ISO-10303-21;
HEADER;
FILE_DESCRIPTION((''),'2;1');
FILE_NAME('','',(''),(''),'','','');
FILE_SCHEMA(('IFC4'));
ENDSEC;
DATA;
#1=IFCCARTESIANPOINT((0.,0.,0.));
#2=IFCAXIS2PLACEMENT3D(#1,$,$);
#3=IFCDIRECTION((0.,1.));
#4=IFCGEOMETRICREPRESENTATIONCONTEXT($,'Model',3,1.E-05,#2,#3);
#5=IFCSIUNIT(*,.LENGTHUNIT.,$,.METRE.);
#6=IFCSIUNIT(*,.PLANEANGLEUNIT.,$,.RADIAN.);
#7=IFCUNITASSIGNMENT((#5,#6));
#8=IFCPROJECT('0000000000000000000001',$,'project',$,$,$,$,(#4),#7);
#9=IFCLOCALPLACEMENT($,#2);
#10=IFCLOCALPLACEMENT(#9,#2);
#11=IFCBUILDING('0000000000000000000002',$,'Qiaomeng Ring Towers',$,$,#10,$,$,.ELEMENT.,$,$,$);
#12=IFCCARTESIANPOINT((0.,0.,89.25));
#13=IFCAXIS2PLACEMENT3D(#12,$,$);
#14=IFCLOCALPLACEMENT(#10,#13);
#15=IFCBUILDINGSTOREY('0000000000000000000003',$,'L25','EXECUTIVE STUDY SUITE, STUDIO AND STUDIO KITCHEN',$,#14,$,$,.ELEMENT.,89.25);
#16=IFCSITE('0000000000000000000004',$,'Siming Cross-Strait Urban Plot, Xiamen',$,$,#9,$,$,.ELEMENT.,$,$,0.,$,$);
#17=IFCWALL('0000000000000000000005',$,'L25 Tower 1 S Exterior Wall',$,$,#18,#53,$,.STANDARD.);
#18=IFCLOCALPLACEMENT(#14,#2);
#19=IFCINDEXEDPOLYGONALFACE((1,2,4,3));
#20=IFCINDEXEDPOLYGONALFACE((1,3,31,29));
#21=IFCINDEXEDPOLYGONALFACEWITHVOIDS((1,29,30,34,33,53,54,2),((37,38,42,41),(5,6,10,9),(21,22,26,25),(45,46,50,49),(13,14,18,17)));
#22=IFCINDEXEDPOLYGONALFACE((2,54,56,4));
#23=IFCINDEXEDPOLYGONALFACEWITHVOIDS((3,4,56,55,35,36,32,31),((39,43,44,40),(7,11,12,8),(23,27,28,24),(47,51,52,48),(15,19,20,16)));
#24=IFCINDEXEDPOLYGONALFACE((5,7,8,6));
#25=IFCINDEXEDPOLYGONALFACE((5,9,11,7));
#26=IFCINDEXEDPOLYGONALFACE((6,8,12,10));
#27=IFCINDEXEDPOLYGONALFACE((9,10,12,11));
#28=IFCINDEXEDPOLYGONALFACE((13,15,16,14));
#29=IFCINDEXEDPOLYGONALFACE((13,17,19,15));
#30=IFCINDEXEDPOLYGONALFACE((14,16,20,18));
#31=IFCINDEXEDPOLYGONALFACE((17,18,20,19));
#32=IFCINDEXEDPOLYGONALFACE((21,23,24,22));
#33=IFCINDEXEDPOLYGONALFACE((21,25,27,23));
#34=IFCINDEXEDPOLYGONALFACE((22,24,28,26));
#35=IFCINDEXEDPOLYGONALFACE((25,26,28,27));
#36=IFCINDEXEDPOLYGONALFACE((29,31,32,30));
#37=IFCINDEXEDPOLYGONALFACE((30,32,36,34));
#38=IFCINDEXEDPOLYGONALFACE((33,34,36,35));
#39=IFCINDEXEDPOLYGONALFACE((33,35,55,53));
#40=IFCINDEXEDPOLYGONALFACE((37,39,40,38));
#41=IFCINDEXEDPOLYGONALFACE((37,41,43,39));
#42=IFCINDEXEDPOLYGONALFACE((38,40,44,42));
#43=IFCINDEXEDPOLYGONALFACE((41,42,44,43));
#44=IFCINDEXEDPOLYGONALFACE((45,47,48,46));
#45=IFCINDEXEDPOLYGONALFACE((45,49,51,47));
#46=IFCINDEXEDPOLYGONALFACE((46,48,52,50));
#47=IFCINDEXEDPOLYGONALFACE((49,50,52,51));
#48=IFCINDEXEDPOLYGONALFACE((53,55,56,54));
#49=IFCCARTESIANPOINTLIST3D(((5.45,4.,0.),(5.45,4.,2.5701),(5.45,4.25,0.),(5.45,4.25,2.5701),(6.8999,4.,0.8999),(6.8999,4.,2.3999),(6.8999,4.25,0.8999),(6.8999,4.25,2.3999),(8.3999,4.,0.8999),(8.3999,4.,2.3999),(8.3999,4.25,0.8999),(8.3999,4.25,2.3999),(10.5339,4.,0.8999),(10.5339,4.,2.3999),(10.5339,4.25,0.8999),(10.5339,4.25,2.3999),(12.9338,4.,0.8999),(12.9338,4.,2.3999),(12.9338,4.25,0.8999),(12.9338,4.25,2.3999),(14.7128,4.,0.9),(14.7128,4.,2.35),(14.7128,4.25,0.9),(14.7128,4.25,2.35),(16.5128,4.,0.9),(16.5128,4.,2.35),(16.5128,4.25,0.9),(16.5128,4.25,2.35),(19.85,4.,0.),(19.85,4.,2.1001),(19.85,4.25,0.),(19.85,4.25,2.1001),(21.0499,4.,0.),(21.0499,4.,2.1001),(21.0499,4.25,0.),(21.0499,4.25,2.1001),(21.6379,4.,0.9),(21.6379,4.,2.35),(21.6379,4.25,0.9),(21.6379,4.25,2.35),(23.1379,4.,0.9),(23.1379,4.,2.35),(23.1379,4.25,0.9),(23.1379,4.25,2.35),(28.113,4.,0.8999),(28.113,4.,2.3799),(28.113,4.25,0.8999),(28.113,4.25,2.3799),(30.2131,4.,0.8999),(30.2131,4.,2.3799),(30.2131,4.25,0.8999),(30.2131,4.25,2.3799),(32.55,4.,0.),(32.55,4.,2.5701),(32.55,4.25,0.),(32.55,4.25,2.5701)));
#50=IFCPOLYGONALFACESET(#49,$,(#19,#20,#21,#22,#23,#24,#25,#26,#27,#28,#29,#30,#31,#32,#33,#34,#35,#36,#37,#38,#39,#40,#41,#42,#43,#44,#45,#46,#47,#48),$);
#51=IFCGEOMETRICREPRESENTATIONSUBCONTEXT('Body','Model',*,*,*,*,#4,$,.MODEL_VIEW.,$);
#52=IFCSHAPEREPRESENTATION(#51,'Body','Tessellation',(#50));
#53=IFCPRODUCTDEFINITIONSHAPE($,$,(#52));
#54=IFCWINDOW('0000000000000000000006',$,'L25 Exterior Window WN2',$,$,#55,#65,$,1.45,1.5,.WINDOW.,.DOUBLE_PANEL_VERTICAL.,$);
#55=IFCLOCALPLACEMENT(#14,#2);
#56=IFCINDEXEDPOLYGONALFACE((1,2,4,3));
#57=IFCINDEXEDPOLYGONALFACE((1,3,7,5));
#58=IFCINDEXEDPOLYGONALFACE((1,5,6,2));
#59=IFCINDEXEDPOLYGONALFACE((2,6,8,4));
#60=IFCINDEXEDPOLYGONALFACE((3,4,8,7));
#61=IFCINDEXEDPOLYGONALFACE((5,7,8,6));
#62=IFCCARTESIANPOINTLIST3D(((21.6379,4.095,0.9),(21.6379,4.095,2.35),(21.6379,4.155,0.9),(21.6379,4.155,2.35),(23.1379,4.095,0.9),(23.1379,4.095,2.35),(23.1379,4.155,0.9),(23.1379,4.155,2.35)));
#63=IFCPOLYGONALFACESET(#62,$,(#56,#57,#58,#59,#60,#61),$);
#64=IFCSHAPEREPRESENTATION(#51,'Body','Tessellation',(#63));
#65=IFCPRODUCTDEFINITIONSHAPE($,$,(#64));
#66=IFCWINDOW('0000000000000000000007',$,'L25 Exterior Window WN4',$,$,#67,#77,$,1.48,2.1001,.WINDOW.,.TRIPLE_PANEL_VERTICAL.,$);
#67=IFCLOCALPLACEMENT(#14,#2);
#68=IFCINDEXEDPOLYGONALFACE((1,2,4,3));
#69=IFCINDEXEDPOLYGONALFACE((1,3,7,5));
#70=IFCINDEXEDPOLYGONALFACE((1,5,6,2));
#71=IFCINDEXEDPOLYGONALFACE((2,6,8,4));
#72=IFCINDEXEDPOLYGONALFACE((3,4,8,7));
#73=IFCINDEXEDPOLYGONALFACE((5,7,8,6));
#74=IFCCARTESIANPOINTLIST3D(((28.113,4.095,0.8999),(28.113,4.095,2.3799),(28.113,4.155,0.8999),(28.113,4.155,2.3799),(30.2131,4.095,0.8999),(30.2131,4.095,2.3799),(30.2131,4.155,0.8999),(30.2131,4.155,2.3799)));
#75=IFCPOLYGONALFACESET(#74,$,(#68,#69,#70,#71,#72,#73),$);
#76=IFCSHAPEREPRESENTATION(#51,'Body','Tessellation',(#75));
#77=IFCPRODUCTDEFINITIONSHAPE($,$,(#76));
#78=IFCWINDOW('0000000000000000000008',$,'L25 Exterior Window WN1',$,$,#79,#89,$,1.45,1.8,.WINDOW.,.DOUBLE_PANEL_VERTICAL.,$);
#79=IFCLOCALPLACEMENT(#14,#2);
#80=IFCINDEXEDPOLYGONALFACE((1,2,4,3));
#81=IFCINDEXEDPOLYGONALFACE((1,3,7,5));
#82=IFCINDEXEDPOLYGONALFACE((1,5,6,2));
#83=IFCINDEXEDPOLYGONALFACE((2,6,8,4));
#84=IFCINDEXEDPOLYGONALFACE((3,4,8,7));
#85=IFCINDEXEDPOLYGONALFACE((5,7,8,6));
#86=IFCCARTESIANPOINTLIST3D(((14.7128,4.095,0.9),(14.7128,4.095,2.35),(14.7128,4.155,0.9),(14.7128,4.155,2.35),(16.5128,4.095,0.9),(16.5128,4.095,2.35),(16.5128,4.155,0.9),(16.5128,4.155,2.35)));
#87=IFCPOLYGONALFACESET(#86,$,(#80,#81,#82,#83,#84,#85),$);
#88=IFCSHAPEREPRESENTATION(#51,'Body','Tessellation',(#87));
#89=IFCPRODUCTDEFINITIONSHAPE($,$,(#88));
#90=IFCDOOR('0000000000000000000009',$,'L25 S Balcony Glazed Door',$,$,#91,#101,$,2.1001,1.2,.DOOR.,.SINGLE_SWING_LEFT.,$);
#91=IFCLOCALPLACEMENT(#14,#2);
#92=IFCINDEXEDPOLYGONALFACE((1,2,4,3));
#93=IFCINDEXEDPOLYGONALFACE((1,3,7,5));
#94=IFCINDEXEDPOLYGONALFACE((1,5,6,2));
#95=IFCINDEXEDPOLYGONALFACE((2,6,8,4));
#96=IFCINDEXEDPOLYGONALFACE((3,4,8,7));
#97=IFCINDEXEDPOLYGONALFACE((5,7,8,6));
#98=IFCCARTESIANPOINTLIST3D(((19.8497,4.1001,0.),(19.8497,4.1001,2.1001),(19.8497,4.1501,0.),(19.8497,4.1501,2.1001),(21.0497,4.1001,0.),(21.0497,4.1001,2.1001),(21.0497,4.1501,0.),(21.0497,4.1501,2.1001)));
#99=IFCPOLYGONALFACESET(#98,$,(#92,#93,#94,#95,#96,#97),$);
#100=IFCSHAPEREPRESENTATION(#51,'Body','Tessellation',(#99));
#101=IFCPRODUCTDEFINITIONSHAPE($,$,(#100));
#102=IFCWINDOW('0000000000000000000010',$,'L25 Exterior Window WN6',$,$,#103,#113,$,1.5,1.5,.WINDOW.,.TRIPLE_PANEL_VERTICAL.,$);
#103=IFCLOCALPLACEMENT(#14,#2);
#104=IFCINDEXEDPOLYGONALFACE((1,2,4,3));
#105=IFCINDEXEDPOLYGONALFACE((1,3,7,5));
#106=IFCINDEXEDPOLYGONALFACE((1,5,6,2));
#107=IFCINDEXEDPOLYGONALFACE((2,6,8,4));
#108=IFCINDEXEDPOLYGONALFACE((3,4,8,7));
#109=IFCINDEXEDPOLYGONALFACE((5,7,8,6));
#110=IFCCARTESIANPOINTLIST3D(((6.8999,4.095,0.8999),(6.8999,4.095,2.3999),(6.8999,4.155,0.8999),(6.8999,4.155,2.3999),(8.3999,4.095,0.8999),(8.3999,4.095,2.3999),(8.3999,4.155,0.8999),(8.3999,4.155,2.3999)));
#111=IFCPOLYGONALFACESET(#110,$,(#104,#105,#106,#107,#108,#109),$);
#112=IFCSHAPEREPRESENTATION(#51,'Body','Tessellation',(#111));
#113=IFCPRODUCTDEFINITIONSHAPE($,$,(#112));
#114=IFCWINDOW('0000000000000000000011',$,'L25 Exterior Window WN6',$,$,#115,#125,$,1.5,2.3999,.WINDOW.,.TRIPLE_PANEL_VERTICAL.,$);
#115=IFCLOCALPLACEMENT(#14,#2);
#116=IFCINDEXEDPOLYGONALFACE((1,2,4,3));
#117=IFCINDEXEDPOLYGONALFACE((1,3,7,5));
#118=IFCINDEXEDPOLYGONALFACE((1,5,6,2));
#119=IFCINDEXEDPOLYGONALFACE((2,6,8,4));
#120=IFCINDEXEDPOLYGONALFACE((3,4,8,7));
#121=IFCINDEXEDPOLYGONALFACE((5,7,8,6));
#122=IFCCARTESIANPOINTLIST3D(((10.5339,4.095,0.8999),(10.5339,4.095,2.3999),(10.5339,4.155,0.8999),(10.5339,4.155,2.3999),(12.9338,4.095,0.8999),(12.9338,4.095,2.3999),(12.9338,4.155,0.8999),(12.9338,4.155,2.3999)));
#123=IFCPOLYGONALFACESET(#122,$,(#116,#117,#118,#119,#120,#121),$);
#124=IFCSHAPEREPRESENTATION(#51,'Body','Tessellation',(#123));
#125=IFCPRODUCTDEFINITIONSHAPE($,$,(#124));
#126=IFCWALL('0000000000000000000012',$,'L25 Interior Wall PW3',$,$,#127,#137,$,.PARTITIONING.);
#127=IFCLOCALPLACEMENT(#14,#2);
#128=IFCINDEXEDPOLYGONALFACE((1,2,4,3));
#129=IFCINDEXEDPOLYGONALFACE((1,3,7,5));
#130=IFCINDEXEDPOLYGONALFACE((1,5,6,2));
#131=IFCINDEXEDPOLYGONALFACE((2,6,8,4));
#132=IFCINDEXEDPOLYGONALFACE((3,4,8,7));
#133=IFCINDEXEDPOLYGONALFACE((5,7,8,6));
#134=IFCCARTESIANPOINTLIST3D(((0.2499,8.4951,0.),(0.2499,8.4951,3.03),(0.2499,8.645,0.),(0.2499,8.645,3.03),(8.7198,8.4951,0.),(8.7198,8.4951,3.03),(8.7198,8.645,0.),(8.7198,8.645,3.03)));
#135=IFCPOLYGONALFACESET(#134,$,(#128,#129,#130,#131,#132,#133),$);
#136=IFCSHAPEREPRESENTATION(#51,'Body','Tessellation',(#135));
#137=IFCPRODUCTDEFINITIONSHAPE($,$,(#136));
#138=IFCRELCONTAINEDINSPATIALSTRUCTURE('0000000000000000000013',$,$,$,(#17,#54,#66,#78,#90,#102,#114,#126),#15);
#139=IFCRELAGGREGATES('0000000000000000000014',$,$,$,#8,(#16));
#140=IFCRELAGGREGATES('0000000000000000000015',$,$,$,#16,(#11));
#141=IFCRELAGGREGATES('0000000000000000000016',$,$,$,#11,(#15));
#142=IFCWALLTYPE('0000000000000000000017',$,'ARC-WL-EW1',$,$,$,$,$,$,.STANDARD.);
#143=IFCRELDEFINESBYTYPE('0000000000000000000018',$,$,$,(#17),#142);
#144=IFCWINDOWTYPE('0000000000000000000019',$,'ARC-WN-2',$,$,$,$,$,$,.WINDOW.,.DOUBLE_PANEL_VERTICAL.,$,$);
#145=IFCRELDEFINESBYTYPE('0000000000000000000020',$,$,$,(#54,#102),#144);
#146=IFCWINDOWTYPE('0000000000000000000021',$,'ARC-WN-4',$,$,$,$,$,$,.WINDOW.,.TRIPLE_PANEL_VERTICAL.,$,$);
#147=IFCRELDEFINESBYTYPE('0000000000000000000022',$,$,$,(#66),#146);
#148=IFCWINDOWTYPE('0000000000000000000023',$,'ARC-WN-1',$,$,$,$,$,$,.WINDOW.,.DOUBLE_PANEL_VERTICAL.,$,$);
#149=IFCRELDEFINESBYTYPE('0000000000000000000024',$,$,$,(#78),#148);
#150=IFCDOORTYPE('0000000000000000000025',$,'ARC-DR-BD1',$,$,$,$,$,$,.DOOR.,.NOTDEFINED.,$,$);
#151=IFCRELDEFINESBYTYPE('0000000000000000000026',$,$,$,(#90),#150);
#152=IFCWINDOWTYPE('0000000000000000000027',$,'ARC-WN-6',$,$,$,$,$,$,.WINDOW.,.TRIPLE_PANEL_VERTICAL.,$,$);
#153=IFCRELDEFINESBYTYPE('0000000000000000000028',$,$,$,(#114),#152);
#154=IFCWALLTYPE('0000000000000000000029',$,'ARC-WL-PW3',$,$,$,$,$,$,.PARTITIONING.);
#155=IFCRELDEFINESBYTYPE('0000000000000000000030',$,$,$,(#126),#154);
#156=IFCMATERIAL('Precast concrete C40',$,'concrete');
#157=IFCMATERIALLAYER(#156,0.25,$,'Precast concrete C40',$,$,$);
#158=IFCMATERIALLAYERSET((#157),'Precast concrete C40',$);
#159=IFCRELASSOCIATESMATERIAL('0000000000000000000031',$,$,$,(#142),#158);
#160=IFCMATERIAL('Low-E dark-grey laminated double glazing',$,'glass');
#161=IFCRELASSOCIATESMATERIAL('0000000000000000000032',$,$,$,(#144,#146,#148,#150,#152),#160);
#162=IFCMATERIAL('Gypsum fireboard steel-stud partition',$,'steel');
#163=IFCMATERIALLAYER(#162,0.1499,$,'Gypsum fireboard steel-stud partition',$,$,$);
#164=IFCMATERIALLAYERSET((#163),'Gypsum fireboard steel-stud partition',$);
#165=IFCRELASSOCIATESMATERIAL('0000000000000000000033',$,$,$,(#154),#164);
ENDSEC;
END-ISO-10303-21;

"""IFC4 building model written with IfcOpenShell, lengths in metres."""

from ifc_helpers import new_model, si_unit, direction, frame, frame_2d, origin, place, context, subcontext, project, spatial, rectangle, extrude, source, transform, mapped, material, layer, layer_set, type_object, element, fill, save


model = new_model("IFC4")

# Units and contexts
model_context = context("Model", 3, precision=1e-05, world=origin(), true_north=direction((0.0, 1.0)))
body_context = subcontext(model_context, "Body", "Model", "MODEL_VIEW")
ifc_project = project(units=[si_unit("LENGTHUNIT", "METRE"), si_unit("PLANEANGLEUNIT", "RADIAN")], contexts=[model_context])

# Site, building, storey
site_placement = place(None, origin())
site = spatial("IfcSite", under=ifc_project, at=site_placement, Name="Siming Cross-Strait Urban Plot, Xiamen", CompositionType="ELEMENT", RefElevation=0.0)
building_placement = place(site_placement, origin())
building = spatial("IfcBuilding", under=site, at=building_placement, Name="Qiaomeng Ring Towers", CompositionType="ELEMENT")
storey_placement = place(building_placement, frame((0.0, 0.0, 89.25)))
storey = spatial("IfcBuildingStorey", under=building, at=storey_placement, Name="L25", Description="EXECUTIVE STUDY SUITE, STUDIO AND STUDIO KITCHEN", CompositionType="ELEMENT", Elevation=89.25)

# Shared definitions
ifc_material_1 = material(Name="Low-E dark-grey laminated double glazing", Category="glass")

# Wall, openings, windows, door
ifc_material_2 = material(Name="Precast concrete C40", Category="concrete")
ifc_layer_1 = layer(ifc_material_2, 0.25, Name="Precast concrete C40")
ifc_layer_set_1 = layer_set([ifc_layer_1], Name="Precast concrete C40")
wall_type_1 = type_object("IfcWallType", Name="ARC-WL-EW1", PredefinedType="STANDARD", material=ifc_layer_set_1)
wall_1_placement = place(storey_placement, frame((5.45, 4.125, 0.0), z_axis=(0.0, 0.0, 1.0), x_axis=(1.0, 0.0, 0.0)))
wall_1 = element("IfcWall", 1, at=wall_1_placement, inside=storey, type_object=wall_type_1, Name="L25 Tower 1 S Exterior Wall", PredefinedType="STANDARD", context=body_context, shape_type="SweptSolid", body=[
    extrude(rectangle(XDim=27.1001, YDim=0.25, at=frame_2d((13.55, 0.0))), origin(), (0.0, 0.0, 1.0), 2.5701),
])
opening_1_placement = place(wall_1_placement, frame((14.3999, 0.0, 0.0)))
opening_1 = element("IfcOpeningElement", 2, at=opening_1_placement, cuts=wall_1, PredefinedType="OPENING", context=body_context, shape_type="SweptSolid", body=[
    extrude(rectangle(XDim=1.2, YDim=2.1001, at=frame_2d((0.6001, 1.05))), frame((0.0, 0.135, 0.0), z_axis=(0.0, -1.0, 0.0), x_axis=(1.0, 0.0, 0.0)), (0.0, 0.0, 1.0), 0.27),
])
opening_2_placement = place(wall_1_placement, frame((1.45, 0.0, 0.8999)))
opening_2 = element("IfcOpeningElement", 3, at=opening_2_placement, cuts=wall_1, PredefinedType="OPENING", context=body_context, shape_type="SweptSolid", body=[
    extrude(rectangle(XDim=1.5, YDim=1.5, at=frame_2d((0.75, 0.75))), frame((0.0, 0.135, 0.0), z_axis=(0.0, -1.0, 0.0), x_axis=(1.0, 0.0, 0.0)), (0.0, 0.0, 1.0), 0.27),
])
opening_3_placement = place(wall_1_placement, frame((9.2629, 0.0, 0.8999)))
opening_3 = element("IfcOpeningElement", 4, at=opening_3_placement, cuts=wall_1, PredefinedType="OPENING", context=body_context, shape_type="SweptSolid", body=[
    extrude(rectangle(XDim=1.8, YDim=1.45, at=frame_2d((0.8999, 0.7251))), frame((0.0, 0.135, 0.0), z_axis=(0.0, -1.0, 0.0), x_axis=(1.0, 0.0, 0.0)), (0.0, 0.0, 1.0), 0.27),
])
opening_4_placement = place(wall_1_placement, frame((16.188, 0.0, 0.8999)))
opening_4 = element("IfcOpeningElement", 5, at=opening_4_placement, cuts=wall_1, PredefinedType="OPENING", context=body_context, shape_type="SweptSolid", body=[
    extrude(rectangle(XDim=1.5, YDim=1.45, at=frame_2d((0.75, 0.7251))), frame((0.0, 0.135, 0.0), z_axis=(0.0, -1.0, 0.0), x_axis=(1.0, 0.0, 0.0)), (0.0, 0.0, 1.0), 0.27),
])
opening_5_placement = place(wall_1_placement, frame((22.6631, 0.0, 0.8999)))
opening_5 = element("IfcOpeningElement", 6, at=opening_5_placement, cuts=wall_1, PredefinedType="OPENING", context=body_context, shape_type="SweptSolid", body=[
    extrude(rectangle(XDim=2.1001, YDim=1.48, at=frame_2d((1.05, 0.74))), frame((0.0, 0.135, 0.0), z_axis=(0.0, -1.0, 0.0), x_axis=(1.0, 0.0, 0.0)), (0.0, 0.0, 1.0), 0.27),
])
opening_6_placement = place(wall_1_placement, frame((5.084, 0.0, 0.8999)))
opening_6 = element("IfcOpeningElement", 7, at=opening_6_placement, cuts=wall_1, PredefinedType="OPENING", context=body_context, shape_type="SweptSolid", body=[
    extrude(rectangle(XDim=2.3999, YDim=1.5, at=frame_2d((1.2, 0.75))), frame((0.0, 0.135, 0.0), z_axis=(0.0, -1.0, 0.0), x_axis=(1.0, 0.0, 0.0)), (0.0, 0.0, 1.0), 0.27),
])
window_type_1 = type_object("IfcWindowType", Name="ARC-WN-2", PartitioningType="DOUBLE_PANEL_VERTICAL", PredefinedType="WINDOW", material=ifc_material_1)
shared_shape_1 = source(origin(), body_context, "Body", "SweptSolid", [
    extrude(rectangle(XDim=1.5, YDim=1.45, at=frame_2d((0.75, 0.7251))), frame((0.0, 0.03, 0.0), z_axis=(0.0, -1.0, 0.0), x_axis=(1.0, 0.0, 0.0)), (0.0, 0.0, 1.0), 0.0601),
])
window_1_placement = place(opening_4_placement, origin())
window_1 = element("IfcWindow", 8, at=window_1_placement, inside=storey, type_object=window_type_1, Name="L25 Exterior Window WN2", OverallHeight=1.45, OverallWidth=1.5, PartitioningType="DOUBLE_PANEL_VERTICAL", PredefinedType="WINDOW", context=body_context, shape_type="MappedRepresentation", body=[
    mapped(shared_shape_1, transform((0.0, 0.0, 0.0), x_axis=(1.0, 0.0, 0.0), y_axis=(0.0, 1.0, 0.0), z_axis=(0.0, 0.0, 1.0), scale=1.0)),
])
fill(opening_4, window_1)
window_type_2 = type_object("IfcWindowType", Name="ARC-WN-4", PartitioningType="TRIPLE_PANEL_VERTICAL", PredefinedType="WINDOW", material=ifc_material_1)
shared_shape_2 = source(origin(), body_context, "Body", "SweptSolid", [
    extrude(rectangle(XDim=2.1001, YDim=1.48, at=frame_2d((1.05, 0.74))), frame((0.0, 0.03, 0.0), z_axis=(0.0, -1.0, 0.0), x_axis=(1.0, 0.0, 0.0)), (0.0, 0.0, 1.0), 0.0601),
])
window_2_placement = place(opening_5_placement, origin())
window_2 = element("IfcWindow", 9, at=window_2_placement, inside=storey, type_object=window_type_2, Name="L25 Exterior Window WN4", OverallHeight=1.48, OverallWidth=2.1001, PartitioningType="TRIPLE_PANEL_VERTICAL", PredefinedType="WINDOW", context=body_context, shape_type="MappedRepresentation", body=[
    mapped(shared_shape_2, transform((0.0, 0.0, 0.0), x_axis=(1.0, 0.0, 0.0), y_axis=(0.0, 1.0, 0.0), z_axis=(0.0, 0.0, 1.0), scale=1.0)),
])
fill(opening_5, window_2)
window_type_3 = type_object("IfcWindowType", Name="ARC-WN-1", PartitioningType="DOUBLE_PANEL_VERTICAL", PredefinedType="WINDOW", material=ifc_material_1)
shared_shape_3 = source(origin(), body_context, "Body", "SweptSolid", [
    extrude(rectangle(XDim=1.8, YDim=1.45, at=frame_2d((0.8999, 0.7251))), frame((0.0, 0.03, 0.0), z_axis=(0.0, -1.0, 0.0), x_axis=(1.0, 0.0, 0.0)), (0.0, 0.0, 1.0), 0.0601),
])
window_3_placement = place(opening_3_placement, origin())
window_3 = element("IfcWindow", 10, at=window_3_placement, inside=storey, type_object=window_type_3, Name="L25 Exterior Window WN1", OverallHeight=1.45, OverallWidth=1.8, PartitioningType="DOUBLE_PANEL_VERTICAL", PredefinedType="WINDOW", context=body_context, shape_type="MappedRepresentation", body=[
    mapped(shared_shape_3, transform((0.0, 0.0, 0.0), x_axis=(1.0, 0.0, 0.0), y_axis=(0.0, 1.0, 0.0), z_axis=(0.0, 0.0, 1.0), scale=1.0)),
])
fill(opening_3, window_3)
door_type = type_object("IfcDoorType", Name="ARC-DR-BD1", OperationType="NOTDEFINED", PredefinedType="DOOR", material=ifc_material_1)
shared_shape_4 = source(origin(), body_context, "Body", "SweptSolid", [
    extrude(rectangle(XDim=1.2, YDim=2.1001, at=frame_2d((0.6001, 1.05))), frame((0.0, 0.0249, 0.0), z_axis=(0.0, -1.0, 0.0), x_axis=(1.0, 0.0, 0.0)), (0.0, 0.0, 1.0), 0.05),
])
door_placement = place(opening_1_placement, frame((1.2, 0.0, 0.0), z_axis=(0.0, 0.0, 1.0), x_axis=(-1.0, 0.0, 0.0)))
door = element("IfcDoor", 11, at=door_placement, inside=storey, type_object=door_type, Name="L25 S Balcony Glazed Door", OperationType="SINGLE_SWING_LEFT", OverallHeight=2.1001, OverallWidth=1.2, PredefinedType="DOOR", context=body_context, shape_type="MappedRepresentation", body=[
    mapped(shared_shape_4, transform((0.0, 0.0, 0.0), x_axis=(1.0, 0.0, 0.0), y_axis=(0.0, 1.0, 0.0), z_axis=(0.0, 0.0, 1.0), scale=1.0)),
])
fill(opening_1, door)
shared_shape_5 = source(origin(), body_context, "Body", "SweptSolid", [
    extrude(rectangle(XDim=1.5, YDim=1.5, at=frame_2d((0.75, 0.75))), frame((0.0, 0.03, 0.0), z_axis=(0.0, -1.0, 0.0), x_axis=(1.0, 0.0, 0.0)), (0.0, 0.0, 1.0), 0.0601),
])
window_4_placement = place(opening_2_placement, origin())
window_4 = element("IfcWindow", 12, at=window_4_placement, inside=storey, type_object=window_type_1, Name="L25 Exterior Window WN6", OverallHeight=1.5, OverallWidth=1.5, PartitioningType="TRIPLE_PANEL_VERTICAL", PredefinedType="WINDOW", context=body_context, shape_type="MappedRepresentation", body=[
    mapped(shared_shape_5, transform((0.0, 0.0, 0.0), x_axis=(1.0, 0.0, 0.0), y_axis=(0.0, 1.0, 0.0), z_axis=(0.0, 0.0, 1.0), scale=1.0)),
])
fill(opening_2, window_4)
window_type_4 = type_object("IfcWindowType", Name="ARC-WN-6", PartitioningType="TRIPLE_PANEL_VERTICAL", PredefinedType="WINDOW", material=ifc_material_1)
shared_shape_6 = source(origin(), body_context, "Body", "SweptSolid", [
    extrude(rectangle(XDim=2.3999, YDim=1.5, at=frame_2d((1.2, 0.75))), frame((0.0, 0.03, 0.0), z_axis=(0.0, -1.0, 0.0), x_axis=(1.0, 0.0, 0.0)), (0.0, 0.0, 1.0), 0.0601),
])
window_5_placement = place(opening_6_placement, origin())
window_5 = element("IfcWindow", 13, at=window_5_placement, inside=storey, type_object=window_type_4, Name="L25 Exterior Window WN6", OverallHeight=1.5, OverallWidth=2.3999, PartitioningType="TRIPLE_PANEL_VERTICAL", PredefinedType="WINDOW", context=body_context, shape_type="MappedRepresentation", body=[
    mapped(shared_shape_6, transform((0.0, 0.0, 0.0), x_axis=(1.0, 0.0, 0.0), y_axis=(0.0, 1.0, 0.0), z_axis=(0.0, 0.0, 1.0), scale=1.0)),
])
fill(opening_6, window_5)

# Wall
ifc_material_3 = material(Name="Gypsum fireboard steel-stud partition", Category="steel")
ifc_layer_2 = layer(ifc_material_3, 0.1499, Name="Gypsum fireboard steel-stud partition")
ifc_layer_set_2 = layer_set([ifc_layer_2], Name="Gypsum fireboard steel-stud partition")
wall_type_2 = type_object("IfcWallType", Name="ARC-WL-PW3", PredefinedType="PARTITIONING", material=ifc_layer_set_2)
wall_2_placement = place(storey_placement, frame((0.25, 8.5701, 0.0), z_axis=(0.0, 0.0, 1.0), x_axis=(1.0, 0.0, 0.0)))
element("IfcWall", 14, at=wall_2_placement, inside=storey, type_object=wall_type_2, Name="L25 Interior Wall PW3", PredefinedType="PARTITIONING", context=body_context, shape_type="SweptSolid", body=[
    extrude(rectangle(XDim=8.47, YDim=0.1499, at=frame_2d((4.2349, 0.0))), origin(), (0.0, 0.0, 1.0), 3.03),
])

save(model, "model.ifc")
